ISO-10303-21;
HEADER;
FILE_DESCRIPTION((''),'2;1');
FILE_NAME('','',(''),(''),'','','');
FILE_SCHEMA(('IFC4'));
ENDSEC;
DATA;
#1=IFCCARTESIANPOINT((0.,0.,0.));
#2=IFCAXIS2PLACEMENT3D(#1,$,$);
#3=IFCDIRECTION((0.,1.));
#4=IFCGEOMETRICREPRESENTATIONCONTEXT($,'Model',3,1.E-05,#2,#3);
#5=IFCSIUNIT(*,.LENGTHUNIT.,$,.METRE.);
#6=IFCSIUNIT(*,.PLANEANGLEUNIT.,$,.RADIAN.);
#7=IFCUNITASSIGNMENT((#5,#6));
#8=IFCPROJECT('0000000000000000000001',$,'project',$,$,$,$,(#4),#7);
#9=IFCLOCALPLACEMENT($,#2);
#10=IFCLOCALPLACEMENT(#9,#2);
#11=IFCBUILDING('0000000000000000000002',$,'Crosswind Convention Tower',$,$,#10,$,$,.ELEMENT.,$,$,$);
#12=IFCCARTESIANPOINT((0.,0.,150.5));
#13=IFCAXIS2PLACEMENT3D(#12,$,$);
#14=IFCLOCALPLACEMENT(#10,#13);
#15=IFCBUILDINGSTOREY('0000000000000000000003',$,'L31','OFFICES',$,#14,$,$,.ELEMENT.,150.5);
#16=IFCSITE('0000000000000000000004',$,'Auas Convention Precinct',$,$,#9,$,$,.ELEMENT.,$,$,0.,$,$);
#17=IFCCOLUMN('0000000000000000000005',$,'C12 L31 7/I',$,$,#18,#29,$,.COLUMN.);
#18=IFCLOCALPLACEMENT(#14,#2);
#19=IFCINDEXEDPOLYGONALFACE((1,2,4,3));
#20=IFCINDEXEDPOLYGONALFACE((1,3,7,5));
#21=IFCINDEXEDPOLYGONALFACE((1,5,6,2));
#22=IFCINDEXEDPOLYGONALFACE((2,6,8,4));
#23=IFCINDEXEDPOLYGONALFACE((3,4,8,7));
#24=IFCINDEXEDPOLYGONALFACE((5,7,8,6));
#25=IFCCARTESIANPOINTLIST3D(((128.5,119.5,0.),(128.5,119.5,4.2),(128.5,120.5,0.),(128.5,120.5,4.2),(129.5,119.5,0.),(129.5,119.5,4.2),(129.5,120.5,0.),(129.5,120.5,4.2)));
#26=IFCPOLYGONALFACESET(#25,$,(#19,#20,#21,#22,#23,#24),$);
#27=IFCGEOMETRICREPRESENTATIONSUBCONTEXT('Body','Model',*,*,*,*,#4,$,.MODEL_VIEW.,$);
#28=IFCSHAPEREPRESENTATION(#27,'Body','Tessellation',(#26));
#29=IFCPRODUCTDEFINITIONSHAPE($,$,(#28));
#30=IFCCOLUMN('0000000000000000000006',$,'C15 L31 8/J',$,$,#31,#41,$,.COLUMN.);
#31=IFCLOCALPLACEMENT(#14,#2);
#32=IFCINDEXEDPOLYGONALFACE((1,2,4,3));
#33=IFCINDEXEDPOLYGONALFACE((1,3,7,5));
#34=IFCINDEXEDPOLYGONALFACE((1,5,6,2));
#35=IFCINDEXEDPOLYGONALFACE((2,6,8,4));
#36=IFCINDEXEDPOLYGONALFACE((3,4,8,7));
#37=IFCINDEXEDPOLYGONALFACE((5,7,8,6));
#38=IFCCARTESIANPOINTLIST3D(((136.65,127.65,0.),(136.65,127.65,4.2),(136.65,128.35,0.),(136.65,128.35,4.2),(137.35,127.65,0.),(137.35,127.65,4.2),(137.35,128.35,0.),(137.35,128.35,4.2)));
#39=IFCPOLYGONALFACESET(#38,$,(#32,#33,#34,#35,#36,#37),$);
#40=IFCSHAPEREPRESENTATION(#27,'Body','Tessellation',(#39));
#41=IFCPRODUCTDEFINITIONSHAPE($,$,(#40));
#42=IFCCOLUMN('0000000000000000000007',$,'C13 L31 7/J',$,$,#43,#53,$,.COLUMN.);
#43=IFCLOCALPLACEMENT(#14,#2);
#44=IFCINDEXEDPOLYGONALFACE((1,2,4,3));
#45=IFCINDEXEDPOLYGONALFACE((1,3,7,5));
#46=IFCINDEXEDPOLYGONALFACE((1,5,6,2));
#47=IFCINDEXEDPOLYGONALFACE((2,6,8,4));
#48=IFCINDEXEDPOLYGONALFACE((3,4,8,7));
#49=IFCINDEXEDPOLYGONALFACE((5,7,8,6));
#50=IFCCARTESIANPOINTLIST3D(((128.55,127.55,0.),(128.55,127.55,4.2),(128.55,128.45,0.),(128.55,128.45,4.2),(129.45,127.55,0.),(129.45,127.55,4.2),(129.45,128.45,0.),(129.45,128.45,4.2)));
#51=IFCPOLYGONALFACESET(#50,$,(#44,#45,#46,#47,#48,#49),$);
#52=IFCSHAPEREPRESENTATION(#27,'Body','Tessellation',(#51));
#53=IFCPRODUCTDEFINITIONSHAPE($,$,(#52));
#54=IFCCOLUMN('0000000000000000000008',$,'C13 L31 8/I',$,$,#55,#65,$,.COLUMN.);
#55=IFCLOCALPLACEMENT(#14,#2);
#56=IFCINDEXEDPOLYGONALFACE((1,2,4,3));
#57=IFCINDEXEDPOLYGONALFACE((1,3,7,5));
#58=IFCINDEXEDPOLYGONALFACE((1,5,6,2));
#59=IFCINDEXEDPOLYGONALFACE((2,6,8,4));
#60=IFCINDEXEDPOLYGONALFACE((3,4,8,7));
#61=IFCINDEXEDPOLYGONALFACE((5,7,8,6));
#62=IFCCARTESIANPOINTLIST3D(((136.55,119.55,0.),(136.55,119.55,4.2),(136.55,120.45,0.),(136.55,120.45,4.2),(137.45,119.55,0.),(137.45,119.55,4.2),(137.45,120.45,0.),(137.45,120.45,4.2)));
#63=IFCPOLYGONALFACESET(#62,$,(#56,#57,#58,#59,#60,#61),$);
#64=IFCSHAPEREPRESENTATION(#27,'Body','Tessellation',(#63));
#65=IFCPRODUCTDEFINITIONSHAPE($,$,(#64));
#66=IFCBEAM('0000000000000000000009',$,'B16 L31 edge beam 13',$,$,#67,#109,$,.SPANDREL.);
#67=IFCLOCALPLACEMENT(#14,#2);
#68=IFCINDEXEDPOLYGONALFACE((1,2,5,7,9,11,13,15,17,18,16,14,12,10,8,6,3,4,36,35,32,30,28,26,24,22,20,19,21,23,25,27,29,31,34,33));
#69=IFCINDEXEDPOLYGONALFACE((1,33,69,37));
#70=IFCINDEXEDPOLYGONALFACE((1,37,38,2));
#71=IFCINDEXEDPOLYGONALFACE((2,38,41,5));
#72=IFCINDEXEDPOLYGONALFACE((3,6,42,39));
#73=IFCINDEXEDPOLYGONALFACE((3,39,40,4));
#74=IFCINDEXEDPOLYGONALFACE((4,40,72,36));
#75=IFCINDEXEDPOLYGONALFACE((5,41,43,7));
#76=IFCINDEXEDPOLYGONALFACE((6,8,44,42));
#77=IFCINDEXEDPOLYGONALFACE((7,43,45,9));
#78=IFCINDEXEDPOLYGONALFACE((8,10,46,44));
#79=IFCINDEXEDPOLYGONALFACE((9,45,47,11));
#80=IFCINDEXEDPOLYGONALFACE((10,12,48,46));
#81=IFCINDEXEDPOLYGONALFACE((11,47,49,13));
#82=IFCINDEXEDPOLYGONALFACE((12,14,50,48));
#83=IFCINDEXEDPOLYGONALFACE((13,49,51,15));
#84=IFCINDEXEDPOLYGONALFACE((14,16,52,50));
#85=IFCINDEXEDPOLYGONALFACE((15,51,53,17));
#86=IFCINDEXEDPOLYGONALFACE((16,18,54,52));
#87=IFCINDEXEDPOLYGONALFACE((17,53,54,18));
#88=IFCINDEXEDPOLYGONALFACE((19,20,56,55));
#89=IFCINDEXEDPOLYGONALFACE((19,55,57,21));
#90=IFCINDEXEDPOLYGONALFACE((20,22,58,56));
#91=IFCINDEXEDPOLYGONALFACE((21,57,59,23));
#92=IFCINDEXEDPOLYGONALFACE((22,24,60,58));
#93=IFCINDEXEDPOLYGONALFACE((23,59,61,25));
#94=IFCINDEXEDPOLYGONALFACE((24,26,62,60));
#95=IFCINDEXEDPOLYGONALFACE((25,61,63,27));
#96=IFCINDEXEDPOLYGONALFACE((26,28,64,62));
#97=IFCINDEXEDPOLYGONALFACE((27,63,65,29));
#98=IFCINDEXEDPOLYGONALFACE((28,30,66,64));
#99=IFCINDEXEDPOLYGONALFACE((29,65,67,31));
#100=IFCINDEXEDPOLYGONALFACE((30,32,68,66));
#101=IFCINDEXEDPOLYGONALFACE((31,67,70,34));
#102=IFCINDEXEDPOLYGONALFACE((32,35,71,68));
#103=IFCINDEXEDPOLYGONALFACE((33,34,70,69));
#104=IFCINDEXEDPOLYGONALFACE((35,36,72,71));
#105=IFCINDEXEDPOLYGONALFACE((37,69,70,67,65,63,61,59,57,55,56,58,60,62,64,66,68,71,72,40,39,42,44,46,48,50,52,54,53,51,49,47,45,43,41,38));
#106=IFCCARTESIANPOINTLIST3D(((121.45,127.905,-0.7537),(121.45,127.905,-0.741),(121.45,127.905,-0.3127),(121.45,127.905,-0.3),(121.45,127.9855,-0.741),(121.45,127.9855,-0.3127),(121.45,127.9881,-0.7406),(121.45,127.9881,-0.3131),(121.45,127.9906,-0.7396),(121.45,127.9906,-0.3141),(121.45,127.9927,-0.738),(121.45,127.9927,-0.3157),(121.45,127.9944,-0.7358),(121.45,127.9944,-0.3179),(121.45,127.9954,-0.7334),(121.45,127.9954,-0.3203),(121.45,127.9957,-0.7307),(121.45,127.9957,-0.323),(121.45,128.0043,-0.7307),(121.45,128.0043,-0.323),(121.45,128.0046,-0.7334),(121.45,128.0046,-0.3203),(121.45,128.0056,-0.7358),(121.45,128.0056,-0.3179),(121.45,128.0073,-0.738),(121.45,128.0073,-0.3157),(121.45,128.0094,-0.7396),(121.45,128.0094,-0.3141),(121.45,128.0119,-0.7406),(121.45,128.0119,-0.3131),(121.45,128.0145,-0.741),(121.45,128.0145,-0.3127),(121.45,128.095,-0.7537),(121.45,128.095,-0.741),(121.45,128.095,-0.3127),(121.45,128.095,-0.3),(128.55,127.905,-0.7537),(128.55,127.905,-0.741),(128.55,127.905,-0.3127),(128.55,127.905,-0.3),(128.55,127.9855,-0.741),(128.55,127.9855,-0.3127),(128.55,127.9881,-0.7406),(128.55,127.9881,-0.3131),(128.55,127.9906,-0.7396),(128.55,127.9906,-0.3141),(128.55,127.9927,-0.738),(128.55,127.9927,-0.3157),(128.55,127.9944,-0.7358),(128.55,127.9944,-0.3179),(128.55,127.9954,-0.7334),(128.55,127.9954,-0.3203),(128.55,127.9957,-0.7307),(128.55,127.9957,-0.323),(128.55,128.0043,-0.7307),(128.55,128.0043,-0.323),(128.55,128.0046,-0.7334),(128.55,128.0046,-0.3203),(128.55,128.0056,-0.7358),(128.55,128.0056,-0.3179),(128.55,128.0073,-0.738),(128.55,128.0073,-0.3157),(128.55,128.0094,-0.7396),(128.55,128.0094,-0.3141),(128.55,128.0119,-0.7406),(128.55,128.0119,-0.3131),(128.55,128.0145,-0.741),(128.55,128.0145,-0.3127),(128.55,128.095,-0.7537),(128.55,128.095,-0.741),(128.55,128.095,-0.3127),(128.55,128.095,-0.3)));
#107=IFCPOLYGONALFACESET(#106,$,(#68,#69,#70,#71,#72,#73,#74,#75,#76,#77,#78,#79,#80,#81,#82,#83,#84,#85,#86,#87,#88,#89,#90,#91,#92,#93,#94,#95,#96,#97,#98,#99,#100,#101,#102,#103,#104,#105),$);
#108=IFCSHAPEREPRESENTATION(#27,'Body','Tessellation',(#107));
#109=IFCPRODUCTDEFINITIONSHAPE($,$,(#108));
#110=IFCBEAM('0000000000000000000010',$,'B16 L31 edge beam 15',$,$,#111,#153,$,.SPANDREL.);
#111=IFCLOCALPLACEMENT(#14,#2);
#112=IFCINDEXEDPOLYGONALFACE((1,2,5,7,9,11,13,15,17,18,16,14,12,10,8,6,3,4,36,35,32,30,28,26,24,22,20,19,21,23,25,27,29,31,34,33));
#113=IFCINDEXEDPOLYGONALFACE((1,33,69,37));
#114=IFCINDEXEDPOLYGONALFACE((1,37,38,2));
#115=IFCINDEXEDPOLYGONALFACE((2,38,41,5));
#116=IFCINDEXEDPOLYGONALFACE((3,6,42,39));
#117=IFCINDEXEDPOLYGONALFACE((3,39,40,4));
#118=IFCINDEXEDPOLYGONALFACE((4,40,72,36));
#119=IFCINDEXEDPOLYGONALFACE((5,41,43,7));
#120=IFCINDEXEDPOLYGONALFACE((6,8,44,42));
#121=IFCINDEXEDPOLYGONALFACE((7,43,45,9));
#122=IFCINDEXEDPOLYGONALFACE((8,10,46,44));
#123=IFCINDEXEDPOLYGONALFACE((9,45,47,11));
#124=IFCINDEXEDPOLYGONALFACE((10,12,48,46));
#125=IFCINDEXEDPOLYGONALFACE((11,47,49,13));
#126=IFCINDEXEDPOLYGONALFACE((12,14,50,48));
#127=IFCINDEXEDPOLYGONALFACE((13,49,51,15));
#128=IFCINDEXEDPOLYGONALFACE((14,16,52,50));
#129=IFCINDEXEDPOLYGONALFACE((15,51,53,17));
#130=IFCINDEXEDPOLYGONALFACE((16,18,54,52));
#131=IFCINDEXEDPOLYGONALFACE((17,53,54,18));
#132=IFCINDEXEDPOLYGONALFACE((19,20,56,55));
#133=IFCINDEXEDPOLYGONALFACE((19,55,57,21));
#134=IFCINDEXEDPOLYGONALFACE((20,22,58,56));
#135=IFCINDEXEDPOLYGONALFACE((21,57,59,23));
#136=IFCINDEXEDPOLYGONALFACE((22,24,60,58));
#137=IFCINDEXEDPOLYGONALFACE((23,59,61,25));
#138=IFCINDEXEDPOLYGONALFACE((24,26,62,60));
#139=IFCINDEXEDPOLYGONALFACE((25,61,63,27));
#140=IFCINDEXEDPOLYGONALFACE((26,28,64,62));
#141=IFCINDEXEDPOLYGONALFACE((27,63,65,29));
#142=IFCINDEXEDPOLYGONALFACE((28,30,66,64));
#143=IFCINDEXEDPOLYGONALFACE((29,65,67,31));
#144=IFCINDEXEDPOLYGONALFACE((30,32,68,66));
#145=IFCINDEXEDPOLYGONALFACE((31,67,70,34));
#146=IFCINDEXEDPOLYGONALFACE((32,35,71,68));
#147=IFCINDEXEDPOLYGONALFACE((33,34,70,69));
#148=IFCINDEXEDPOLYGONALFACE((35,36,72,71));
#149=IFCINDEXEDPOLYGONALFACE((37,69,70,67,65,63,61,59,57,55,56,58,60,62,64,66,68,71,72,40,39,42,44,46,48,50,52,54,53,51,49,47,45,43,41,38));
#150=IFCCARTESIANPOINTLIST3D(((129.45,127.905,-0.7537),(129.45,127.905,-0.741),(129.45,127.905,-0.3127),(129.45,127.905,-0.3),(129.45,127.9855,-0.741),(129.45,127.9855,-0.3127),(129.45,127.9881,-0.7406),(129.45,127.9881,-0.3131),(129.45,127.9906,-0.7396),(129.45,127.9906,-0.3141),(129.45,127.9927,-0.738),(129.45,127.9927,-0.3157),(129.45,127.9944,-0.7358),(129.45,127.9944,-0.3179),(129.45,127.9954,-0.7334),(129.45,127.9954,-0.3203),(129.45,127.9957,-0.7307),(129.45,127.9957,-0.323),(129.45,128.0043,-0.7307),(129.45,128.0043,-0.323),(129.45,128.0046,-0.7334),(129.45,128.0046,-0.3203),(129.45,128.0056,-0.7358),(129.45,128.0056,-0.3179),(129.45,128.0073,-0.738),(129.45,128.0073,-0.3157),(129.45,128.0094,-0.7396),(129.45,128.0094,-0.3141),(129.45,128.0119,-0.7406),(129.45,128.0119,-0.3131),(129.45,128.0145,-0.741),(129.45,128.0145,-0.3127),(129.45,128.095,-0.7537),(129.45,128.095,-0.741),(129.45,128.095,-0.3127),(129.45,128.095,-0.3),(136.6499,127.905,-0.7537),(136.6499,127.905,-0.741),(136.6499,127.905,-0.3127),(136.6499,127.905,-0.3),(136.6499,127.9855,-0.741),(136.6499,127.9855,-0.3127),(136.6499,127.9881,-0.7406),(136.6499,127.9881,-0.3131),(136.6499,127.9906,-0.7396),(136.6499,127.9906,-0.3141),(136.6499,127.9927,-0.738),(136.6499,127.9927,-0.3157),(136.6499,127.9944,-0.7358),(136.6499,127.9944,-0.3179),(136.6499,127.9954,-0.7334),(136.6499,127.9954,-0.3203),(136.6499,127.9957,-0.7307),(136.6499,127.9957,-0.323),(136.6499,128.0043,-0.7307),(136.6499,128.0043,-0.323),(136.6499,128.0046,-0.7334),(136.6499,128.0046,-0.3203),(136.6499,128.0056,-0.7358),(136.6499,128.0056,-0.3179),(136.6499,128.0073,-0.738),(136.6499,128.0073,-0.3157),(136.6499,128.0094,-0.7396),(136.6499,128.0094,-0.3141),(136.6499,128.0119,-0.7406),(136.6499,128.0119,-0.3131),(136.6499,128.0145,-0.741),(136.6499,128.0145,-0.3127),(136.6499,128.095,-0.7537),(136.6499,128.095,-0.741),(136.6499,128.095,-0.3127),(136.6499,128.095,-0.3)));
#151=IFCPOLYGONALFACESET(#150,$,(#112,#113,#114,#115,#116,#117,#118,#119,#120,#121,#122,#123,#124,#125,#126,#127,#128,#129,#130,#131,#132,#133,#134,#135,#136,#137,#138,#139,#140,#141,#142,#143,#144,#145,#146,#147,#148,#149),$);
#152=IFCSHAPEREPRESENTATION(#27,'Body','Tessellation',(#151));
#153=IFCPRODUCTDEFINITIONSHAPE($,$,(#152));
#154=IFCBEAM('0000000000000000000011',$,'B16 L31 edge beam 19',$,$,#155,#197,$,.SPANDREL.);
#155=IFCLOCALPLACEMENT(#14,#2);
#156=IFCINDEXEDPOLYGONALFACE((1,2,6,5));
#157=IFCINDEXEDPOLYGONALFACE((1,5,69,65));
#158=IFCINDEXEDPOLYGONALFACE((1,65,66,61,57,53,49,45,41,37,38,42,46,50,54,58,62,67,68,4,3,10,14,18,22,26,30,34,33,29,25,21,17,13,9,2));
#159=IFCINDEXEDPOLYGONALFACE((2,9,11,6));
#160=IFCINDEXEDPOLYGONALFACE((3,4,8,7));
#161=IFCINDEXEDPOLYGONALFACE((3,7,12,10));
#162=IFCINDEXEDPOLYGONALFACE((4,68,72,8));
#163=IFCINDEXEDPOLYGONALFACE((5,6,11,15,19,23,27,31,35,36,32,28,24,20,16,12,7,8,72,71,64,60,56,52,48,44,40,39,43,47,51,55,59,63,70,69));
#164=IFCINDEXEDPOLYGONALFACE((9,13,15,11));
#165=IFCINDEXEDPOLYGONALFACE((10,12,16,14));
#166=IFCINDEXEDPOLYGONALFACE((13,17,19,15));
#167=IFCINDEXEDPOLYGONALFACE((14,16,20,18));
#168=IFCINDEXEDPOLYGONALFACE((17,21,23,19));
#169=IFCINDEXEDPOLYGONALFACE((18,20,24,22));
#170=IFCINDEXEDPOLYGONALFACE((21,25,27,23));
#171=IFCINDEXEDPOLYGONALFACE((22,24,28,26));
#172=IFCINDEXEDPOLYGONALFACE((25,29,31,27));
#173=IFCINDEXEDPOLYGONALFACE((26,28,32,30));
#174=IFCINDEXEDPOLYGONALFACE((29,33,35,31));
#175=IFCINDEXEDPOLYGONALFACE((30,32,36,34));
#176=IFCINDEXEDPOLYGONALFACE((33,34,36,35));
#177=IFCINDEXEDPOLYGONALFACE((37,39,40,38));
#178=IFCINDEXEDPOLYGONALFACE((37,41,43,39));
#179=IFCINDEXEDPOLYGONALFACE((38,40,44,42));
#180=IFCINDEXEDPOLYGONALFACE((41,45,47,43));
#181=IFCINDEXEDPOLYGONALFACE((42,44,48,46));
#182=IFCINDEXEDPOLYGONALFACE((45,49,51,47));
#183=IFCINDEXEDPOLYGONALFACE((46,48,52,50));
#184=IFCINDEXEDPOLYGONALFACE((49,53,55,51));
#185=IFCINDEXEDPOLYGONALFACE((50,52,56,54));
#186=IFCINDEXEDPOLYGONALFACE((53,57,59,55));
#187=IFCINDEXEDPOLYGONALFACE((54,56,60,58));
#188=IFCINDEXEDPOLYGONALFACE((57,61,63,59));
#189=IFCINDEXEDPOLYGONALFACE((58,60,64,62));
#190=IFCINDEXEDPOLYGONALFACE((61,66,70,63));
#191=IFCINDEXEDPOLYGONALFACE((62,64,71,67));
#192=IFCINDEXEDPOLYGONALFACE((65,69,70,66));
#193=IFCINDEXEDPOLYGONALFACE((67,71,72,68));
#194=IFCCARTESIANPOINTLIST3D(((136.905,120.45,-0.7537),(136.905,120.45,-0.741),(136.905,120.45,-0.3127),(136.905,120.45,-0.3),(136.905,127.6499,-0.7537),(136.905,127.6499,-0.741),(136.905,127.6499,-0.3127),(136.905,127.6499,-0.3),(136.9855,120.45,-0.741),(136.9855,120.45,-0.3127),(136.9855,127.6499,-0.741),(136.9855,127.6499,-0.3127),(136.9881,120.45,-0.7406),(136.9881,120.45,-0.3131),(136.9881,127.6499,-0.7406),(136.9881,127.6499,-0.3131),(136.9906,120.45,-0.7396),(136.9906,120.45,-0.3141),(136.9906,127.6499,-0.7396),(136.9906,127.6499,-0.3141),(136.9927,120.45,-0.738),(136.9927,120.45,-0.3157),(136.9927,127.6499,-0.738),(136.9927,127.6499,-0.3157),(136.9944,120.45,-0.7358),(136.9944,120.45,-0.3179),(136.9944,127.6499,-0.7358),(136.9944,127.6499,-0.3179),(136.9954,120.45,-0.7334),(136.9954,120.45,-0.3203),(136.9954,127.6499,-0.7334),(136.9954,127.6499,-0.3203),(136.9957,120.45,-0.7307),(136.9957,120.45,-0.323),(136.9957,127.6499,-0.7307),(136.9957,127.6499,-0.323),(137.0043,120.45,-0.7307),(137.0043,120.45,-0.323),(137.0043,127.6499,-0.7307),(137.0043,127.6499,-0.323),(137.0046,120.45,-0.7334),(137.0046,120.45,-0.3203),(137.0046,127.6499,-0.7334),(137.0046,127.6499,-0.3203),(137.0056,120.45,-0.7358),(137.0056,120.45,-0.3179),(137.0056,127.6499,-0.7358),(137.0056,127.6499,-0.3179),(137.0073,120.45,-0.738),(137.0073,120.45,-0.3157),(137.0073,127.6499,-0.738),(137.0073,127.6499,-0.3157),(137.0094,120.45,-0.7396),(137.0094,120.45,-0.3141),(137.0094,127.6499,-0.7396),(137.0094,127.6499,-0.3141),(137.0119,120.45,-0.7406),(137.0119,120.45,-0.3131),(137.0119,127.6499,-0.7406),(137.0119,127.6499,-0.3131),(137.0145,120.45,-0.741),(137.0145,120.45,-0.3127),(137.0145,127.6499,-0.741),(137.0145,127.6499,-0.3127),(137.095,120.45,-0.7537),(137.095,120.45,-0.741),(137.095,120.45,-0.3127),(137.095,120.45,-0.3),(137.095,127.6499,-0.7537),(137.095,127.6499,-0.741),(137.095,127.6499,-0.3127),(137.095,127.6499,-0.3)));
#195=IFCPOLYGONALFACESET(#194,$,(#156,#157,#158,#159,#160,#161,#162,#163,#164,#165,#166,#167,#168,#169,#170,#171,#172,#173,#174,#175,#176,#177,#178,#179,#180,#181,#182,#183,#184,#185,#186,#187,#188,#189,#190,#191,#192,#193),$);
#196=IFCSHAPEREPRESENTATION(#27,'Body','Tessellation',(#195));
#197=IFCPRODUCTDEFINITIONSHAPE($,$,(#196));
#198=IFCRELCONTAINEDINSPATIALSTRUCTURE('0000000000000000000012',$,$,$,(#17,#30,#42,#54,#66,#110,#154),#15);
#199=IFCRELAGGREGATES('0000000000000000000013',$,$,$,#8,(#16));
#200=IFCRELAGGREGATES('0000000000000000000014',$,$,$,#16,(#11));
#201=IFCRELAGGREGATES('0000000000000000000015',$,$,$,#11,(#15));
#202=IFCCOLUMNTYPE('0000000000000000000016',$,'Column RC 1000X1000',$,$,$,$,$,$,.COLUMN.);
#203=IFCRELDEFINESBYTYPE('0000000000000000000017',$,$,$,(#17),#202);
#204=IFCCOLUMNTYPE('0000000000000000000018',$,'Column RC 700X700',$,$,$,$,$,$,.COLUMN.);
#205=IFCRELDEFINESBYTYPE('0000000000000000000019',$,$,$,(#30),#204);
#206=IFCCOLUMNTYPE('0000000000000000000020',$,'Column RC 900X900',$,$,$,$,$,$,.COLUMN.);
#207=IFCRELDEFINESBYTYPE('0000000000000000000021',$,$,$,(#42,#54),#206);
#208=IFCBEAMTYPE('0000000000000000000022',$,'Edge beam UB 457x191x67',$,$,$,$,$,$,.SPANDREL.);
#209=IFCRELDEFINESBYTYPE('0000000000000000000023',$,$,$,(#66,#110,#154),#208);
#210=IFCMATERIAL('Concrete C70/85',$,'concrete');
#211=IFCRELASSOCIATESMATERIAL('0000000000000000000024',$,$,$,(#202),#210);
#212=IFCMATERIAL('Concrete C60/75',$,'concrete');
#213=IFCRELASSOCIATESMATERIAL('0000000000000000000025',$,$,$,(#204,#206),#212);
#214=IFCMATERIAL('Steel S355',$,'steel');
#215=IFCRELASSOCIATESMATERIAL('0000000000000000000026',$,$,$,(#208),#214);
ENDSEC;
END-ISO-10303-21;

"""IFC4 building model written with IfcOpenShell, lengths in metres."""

from ifc_helpers import new_model, si_unit, direction, frame, origin, origin_2d, place, context, subcontext, project, spatial, rectangle, i_section, extrude, material, material_profile, profile_set, type_object, element, save


model = new_model("IFC4")

# Units and contexts
model_context = context("Model", 3, precision=1e-05, world=origin(), true_north=direction((0.0, 1.0)))
body_context = subcontext(model_context, "Body", "Model", "MODEL_VIEW")
ifc_project = project(units=[si_unit("LENGTHUNIT", "METRE"), si_unit("PLANEANGLEUNIT", "RADIAN")], contexts=[model_context])

# Site, building, storey
site_placement = place(None, origin())
site = spatial("IfcSite", under=ifc_project, at=site_placement, Name="Auas Convention Precinct", CompositionType="ELEMENT", RefElevation=0.0)
building_placement = place(site_placement, origin())
building = spatial("IfcBuilding", under=site, at=building_placement, Name="Crosswind Convention Tower", CompositionType="ELEMENT")
storey_placement = place(building_placement, frame((0.0, 0.0, 150.5)))
storey = spatial("IfcBuildingStorey", under=building, at=storey_placement, Name="L31", Description="OFFICES", CompositionType="ELEMENT", Elevation=150.5)

# Columns
ifc_material_1 = material(Name="Concrete C70/85", Category="concrete")
ifc_material_profile_1 = material_profile(ifc_material_1, rectangle(XDim=1.0, YDim=1.0, at=origin_2d()), Name="RC 1000X1000")
ifc_profile_set_1 = profile_set([ifc_material_profile_1], Name="Concrete C70/85")
column_type_1 = type_object("IfcColumnType", Name="Column RC 1000X1000", PredefinedType="COLUMN", material=ifc_profile_set_1)
column_1_placement = place(storey_placement, frame((129.0, 120.0, 0.0), z_axis=(0.0, 0.0, 1.0), x_axis=(1.0, 0.0, 0.0)))
element("IfcColumn", 1, at=column_1_placement, inside=storey, type_object=column_type_1, Name="C12 L31 7/I", PredefinedType="COLUMN", context=body_context, shape_type="SweptSolid", body=[
    extrude(rectangle(XDim=1.0, YDim=1.0, at=origin_2d()), origin(), (0.0, 0.0, 1.0), 4.2),
])
ifc_material_2 = material(Name="Concrete C60/75", Category="concrete")
ifc_material_profile_2 = material_profile(ifc_material_2, rectangle(XDim=0.7, YDim=0.7, at=origin_2d()), Name="RC 700X700")
ifc_profile_set_2 = profile_set([ifc_material_profile_2], Name="Concrete C60/75")
column_type_2 = type_object("IfcColumnType", Name="Column RC 700X700", PredefinedType="COLUMN", material=ifc_profile_set_2)
column_2_placement = place(storey_placement, frame((137.0, 128.0, 0.0), z_axis=(0.0, 0.0, 1.0), x_axis=(1.0, 0.0, 0.0)))
element("IfcColumn", 2, at=column_2_placement, inside=storey, type_object=column_type_2, Name="C15 L31 8/J", PredefinedType="COLUMN", context=body_context, shape_type="SweptSolid", body=[
    extrude(rectangle(XDim=0.7, YDim=0.7, at=origin_2d()), origin(), (0.0, 0.0, 1.0), 4.2),
])
ifc_material_profile_3 = material_profile(ifc_material_2, rectangle(XDim=0.8999, YDim=0.8999, at=origin_2d()), Name="RC 900X900")
ifc_profile_set_3 = profile_set([ifc_material_profile_3], Name="Concrete C60/75")
column_type_3 = type_object("IfcColumnType", Name="Column RC 900X900", PredefinedType="COLUMN", material=ifc_profile_set_3)
for number, where, z_axis, x_axis, name in (
    (3, (129.0, 128.0, 0.0), (0.0, 0.0, 1.0), (1.0, 0.0, 0.0), "C13 L31 7/J"),
    (4, (137.0, 120.0, 0.0), (0.0, 0.0, 1.0), (1.0, 0.0, 0.0), "C13 L31 8/I"),
):
    element("IfcColumn", number, at=place(storey_placement, frame(where, z_axis=z_axis, x_axis=x_axis)), inside=storey, type_object=column_type_3, Name=name, PredefinedType="COLUMN", context=body_context, shape_type="SweptSolid", body=[
        extrude(rectangle(XDim=0.8999, YDim=0.8999, at=origin_2d()), origin(), (0.0, 0.0, 1.0), 4.2),
    ])

# Beams
ifc_material_3 = material(Name="Steel S355", Category="steel")
ifc_material_profile_4 = material_profile(ifc_material_3, i_section(OverallWidth=0.1899, OverallDepth=0.4536, WebThickness=0.0085, FlangeThickness=0.0127, FilletRadius=0.0103, at=origin_2d()), Name="UB 457x191x67")
ifc_profile_set_4 = profile_set([ifc_material_profile_4], Name="Steel S355")
beam_type_1 = type_object("IfcBeamType", Name="Edge beam UB 457x191x67", PredefinedType="SPANDREL", material=ifc_profile_set_4)
beam_placement = place(storey_placement, frame((121.45, 128.0, -0.5269), z_axis=(1.0, 0.0, 0.0), x_axis=(0.0, 1.0, 0.0)))
element("IfcBeam", 5, at=beam_placement, inside=storey, type_object=beam_type_1, Name="B16 L31 edge beam 13", PredefinedType="SPANDREL", context=body_context, shape_type="SweptSolid", body=[
    extrude(i_section(OverallWidth=0.1899, OverallDepth=0.4536, WebThickness=0.0085, FlangeThickness=0.0127, FilletRadius=0.0103, at=origin_2d()), origin(), (0.0, 0.0, 1.0), 7.1001),
])
for number, where, z_axis, x_axis, name in (
    (6, (129.45, 128.0, -0.5269), (1.0, 0.0, 0.0), (0.0, 1.0, 0.0), "B16 L31 edge beam 15"),
    (7, (137.0, 120.45, -0.5269), (0.0, 1.0, 0.0), (-1.0, 0.0, 0.0), "B16 L31 edge beam 19"),
):
    element("IfcBeam", number, at=place(storey_placement, frame(where, z_axis=z_axis, x_axis=x_axis)), inside=storey, type_object=beam_type_1, Name=name, PredefinedType="SPANDREL", context=body_context, shape_type="SweptSolid", body=[
        extrude(i_section(OverallWidth=0.1899, OverallDepth=0.4536, WebThickness=0.0085, FlangeThickness=0.0127, FilletRadius=0.0103, at=origin_2d()), origin(), (0.0, 0.0, 1.0), 7.2),
    ])

save(model, "model.ifc")
